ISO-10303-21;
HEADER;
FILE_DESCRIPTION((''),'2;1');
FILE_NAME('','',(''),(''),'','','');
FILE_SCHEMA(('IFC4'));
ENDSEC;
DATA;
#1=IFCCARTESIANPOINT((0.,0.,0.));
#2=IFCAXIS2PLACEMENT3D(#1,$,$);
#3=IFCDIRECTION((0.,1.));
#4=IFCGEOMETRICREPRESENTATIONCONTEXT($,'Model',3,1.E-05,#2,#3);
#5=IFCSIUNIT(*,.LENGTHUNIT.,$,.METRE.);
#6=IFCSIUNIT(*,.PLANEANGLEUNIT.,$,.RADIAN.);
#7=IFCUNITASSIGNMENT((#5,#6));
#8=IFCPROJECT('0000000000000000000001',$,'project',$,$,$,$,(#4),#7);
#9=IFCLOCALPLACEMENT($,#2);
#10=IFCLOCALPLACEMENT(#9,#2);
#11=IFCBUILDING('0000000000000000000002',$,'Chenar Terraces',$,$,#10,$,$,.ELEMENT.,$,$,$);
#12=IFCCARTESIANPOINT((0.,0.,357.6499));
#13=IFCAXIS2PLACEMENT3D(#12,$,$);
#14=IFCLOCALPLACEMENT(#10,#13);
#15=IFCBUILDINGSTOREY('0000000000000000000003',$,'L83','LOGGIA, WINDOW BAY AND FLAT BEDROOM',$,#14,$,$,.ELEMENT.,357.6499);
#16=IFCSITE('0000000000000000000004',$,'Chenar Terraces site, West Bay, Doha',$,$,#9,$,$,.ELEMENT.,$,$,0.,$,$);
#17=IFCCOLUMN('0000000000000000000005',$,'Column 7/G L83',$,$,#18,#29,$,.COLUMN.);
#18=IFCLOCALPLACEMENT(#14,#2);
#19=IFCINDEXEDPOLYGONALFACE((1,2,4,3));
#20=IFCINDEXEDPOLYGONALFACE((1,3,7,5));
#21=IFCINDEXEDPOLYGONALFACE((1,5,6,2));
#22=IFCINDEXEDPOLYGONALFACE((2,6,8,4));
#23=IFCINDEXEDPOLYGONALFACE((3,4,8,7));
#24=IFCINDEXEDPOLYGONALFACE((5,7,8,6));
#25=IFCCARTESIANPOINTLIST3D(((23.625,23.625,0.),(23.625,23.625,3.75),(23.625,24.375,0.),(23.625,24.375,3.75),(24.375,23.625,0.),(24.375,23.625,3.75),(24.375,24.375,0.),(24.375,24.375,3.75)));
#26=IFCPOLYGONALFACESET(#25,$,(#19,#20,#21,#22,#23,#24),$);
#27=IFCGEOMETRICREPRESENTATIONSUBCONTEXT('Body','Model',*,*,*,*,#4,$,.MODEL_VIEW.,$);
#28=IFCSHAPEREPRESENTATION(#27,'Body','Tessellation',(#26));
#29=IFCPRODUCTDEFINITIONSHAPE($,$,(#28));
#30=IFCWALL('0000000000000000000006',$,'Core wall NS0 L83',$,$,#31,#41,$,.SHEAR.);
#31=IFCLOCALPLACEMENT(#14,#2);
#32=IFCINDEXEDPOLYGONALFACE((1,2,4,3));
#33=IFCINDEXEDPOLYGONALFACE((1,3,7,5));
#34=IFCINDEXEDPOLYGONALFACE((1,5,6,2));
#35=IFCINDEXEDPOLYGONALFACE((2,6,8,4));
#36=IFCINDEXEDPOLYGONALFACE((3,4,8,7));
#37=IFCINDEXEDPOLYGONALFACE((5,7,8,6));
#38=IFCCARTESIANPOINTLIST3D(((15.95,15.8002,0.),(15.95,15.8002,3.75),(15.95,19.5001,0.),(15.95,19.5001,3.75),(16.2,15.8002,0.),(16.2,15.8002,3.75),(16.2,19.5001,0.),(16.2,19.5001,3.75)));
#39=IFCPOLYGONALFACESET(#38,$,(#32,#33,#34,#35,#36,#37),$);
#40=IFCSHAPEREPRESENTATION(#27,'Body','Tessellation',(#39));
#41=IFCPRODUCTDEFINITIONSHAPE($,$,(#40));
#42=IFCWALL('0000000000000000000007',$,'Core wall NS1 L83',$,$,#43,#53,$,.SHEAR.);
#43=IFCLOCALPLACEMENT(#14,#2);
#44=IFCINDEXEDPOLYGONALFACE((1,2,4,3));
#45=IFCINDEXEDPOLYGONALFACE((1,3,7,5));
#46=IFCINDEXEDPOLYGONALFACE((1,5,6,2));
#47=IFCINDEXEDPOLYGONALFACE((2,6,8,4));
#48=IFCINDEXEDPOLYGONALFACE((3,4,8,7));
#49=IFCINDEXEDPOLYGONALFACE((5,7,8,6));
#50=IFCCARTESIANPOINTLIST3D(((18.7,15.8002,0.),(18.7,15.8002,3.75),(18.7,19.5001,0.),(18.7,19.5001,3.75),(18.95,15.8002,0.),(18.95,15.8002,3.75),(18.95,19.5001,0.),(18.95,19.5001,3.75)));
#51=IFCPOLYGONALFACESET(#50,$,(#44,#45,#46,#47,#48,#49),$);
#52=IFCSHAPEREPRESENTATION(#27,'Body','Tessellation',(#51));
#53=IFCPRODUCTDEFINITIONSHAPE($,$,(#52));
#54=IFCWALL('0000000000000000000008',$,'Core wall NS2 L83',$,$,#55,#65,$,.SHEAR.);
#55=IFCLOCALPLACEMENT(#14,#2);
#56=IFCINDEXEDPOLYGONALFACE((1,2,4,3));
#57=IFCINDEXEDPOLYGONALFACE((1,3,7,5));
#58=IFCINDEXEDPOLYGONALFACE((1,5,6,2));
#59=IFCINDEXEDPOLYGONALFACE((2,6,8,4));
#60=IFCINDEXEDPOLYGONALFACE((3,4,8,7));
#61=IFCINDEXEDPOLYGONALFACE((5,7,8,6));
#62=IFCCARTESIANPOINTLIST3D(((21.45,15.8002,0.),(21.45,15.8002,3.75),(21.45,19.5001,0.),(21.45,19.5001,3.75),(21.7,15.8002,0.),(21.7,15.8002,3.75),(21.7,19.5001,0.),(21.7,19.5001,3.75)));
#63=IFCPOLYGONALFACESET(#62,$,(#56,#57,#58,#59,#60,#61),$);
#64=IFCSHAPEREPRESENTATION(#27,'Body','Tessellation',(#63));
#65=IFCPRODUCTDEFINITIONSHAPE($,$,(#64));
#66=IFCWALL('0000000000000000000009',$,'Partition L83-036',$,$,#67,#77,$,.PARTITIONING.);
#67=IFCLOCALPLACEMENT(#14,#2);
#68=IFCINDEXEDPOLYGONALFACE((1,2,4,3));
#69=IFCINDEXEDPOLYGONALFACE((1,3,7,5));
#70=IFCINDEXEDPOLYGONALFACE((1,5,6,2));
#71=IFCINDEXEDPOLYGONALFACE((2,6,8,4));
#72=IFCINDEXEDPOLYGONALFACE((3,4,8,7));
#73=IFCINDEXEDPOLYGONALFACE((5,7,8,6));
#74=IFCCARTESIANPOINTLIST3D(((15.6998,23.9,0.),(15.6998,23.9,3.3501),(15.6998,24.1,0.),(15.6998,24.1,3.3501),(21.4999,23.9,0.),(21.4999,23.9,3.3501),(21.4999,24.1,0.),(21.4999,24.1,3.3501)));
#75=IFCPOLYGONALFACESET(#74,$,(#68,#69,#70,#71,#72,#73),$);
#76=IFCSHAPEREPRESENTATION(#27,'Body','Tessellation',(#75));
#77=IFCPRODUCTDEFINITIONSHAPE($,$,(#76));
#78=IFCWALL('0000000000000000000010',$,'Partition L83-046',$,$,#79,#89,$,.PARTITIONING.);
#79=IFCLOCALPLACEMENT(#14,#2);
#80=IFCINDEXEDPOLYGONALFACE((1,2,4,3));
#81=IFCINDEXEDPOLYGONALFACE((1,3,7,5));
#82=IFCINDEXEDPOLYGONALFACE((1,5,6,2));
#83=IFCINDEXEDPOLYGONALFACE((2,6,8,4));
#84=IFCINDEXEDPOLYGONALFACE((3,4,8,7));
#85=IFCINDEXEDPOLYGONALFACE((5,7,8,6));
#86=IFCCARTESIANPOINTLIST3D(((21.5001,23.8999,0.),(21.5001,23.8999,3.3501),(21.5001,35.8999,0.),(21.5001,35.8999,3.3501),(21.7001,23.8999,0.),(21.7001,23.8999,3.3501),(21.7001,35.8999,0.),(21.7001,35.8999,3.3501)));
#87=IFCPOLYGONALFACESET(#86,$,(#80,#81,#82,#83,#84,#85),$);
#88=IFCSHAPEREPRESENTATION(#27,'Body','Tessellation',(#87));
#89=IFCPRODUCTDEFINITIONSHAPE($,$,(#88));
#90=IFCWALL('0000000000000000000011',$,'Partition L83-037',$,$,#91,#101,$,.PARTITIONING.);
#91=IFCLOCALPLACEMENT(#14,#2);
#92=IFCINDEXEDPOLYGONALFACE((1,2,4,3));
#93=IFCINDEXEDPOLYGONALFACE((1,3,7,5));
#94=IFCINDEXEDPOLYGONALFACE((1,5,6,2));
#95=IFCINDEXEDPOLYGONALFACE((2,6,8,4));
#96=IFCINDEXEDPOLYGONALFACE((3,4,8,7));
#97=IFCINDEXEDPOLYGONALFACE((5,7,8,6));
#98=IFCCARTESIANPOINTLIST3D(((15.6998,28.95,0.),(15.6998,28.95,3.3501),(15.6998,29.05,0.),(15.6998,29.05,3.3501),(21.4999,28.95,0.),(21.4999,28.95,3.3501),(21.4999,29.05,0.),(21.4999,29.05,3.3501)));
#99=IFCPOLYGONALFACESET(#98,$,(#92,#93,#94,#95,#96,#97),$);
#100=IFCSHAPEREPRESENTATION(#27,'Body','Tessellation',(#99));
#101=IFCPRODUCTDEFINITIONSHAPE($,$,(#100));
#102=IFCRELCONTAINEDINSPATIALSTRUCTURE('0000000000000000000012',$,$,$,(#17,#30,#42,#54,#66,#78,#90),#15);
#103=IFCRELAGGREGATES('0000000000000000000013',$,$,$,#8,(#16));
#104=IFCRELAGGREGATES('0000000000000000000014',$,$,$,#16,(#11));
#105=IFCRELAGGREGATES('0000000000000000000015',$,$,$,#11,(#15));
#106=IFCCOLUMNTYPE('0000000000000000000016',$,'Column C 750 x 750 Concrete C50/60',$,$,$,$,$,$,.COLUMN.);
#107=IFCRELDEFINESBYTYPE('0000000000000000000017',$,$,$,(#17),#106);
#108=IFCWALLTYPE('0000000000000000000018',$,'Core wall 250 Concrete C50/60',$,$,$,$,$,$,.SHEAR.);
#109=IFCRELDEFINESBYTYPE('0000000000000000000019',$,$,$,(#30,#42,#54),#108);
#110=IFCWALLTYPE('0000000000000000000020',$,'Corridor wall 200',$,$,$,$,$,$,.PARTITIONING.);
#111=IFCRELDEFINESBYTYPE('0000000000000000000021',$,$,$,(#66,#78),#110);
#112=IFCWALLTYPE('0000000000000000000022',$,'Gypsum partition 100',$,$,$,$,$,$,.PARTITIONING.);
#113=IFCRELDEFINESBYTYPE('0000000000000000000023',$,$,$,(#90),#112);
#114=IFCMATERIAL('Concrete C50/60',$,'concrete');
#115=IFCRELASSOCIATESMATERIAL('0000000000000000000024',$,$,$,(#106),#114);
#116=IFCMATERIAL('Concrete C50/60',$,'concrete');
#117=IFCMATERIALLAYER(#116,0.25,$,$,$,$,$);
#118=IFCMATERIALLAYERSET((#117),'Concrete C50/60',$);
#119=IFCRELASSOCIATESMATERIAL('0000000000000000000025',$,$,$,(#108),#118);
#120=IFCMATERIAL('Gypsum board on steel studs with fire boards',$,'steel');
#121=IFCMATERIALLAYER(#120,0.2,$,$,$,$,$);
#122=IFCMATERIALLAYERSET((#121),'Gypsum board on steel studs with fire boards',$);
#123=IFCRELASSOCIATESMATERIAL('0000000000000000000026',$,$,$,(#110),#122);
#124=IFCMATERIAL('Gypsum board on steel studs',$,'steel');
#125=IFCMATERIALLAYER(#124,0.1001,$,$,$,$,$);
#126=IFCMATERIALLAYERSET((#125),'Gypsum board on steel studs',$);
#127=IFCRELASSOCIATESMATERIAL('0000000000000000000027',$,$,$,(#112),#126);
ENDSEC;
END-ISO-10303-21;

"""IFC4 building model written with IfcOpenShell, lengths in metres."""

from ifc_helpers import new_model, si_unit, direction, frame, frame_2d, origin, origin_2d, place, context, subcontext, project, spatial, rectangle, extrude, material, layer, layer_set, material_profile, profile_set, type_object, element, save


model = new_model("IFC4")

# Units and contexts
model_context = context("Model", 3, precision=1e-05, world=origin(), true_north=direction((0.0, 1.0)))
body_context = subcontext(model_context, "Body", "Model", "MODEL_VIEW")
ifc_project = project(units=[si_unit("LENGTHUNIT", "METRE"), si_unit("PLANEANGLEUNIT", "RADIAN")], contexts=[model_context])

# Site, building, storey
site_placement = place(None, origin())
site = spatial("IfcSite", under=ifc_project, at=site_placement, Name="Chenar Terraces site, West Bay, Doha", CompositionType="ELEMENT", RefElevation=0.0)
building_placement = place(site_placement, origin())
building = spatial("IfcBuilding", under=site, at=building_placement, Name="Chenar Terraces", CompositionType="ELEMENT")
storey_placement = place(building_placement, frame((0.0, 0.0, 357.6499)))
storey = spatial("IfcBuildingStorey", under=building, at=storey_placement, Name="L83", Description="LOGGIA, WINDOW BAY AND FLAT BEDROOM", CompositionType="ELEMENT", Elevation=357.6499)

# Column
ifc_material_1 = material(Name="Concrete C50/60", Category="concrete")
ifc_material_profile = material_profile(ifc_material_1, rectangle(XDim=0.75, YDim=0.75, at=origin_2d()), Name="C 750 x 750")
ifc_profile_set = profile_set([ifc_material_profile], Name="Concrete C50/60")
column_type = type_object("IfcColumnType", Name="Column C 750 x 750 Concrete C50/60", PredefinedType="COLUMN", material=ifc_profile_set)
column_placement = place(storey_placement, frame((24.0, 24.0, 0.0), z_axis=(0.0, 0.0, 1.0), x_axis=(1.0, 0.0, 0.0)))
element("IfcColumn", 1, at=column_placement, inside=storey, type_object=column_type, Name="Column 7/G L83", PredefinedType="COLUMN", context=body_context, shape_type="SweptSolid", body=[
    extrude(rectangle(XDim=0.75, YDim=0.75, at=origin_2d()), origin(), (0.0, 0.0, 1.0), 3.75),
])

# Walls
ifc_material_2 = material(Name="Concrete C50/60", Category="concrete")
ifc_layer_1 = layer(ifc_material_2, 0.25)
ifc_layer_set_1 = layer_set([ifc_layer_1], Name="Concrete C50/60")
wall_type_1 = type_object("IfcWallType", Name="Core wall 250 Concrete C50/60", PredefinedType="SHEAR", material=ifc_layer_set_1)
for number, where, z_axis, x_axis, name in (
    (2, (16.075, 15.8, 0.0), (0.0, 0.0, 1.0), (0.0, 1.0, 0.0), "Core wall NS0 L83"),
    (3, (18.825, 15.8, 0.0), (0.0, 0.0, 1.0), (0.0, 1.0, 0.0), "Core wall NS1 L83"),
    (4, (21.575, 15.8, 0.0), (0.0, 0.0, 1.0), (0.0, 1.0, 0.0), "Core wall NS2 L83"),
):
    element("IfcWall", number, at=place(storey_placement, frame(where, z_axis=z_axis, x_axis=x_axis)), inside=storey, type_object=wall_type_1, Name=name, PredefinedType="SHEAR", context=body_context, shape_type="SweptSolid", body=[
        extrude(rectangle(XDim=3.7, YDim=0.25, at=frame_2d((1.8501, 0.0))), origin(), (0.0, 0.0, 1.0), 3.75),
    ])
ifc_material_3 = material(Name="Gypsum board on steel studs with fire boards", Category="steel")
ifc_layer_2 = layer(ifc_material_3, 0.2)
ifc_layer_set_2 = layer_set([ifc_layer_2], Name="Gypsum board on steel studs with fire boards")
wall_type_2 = type_object("IfcWallType", Name="Corridor wall 200", PredefinedType="PARTITIONING", material=ifc_layer_set_2)
wall_1_placement = place(storey_placement, frame((15.7, 24.0, 0.0), z_axis=(0.0, 0.0, 1.0), x_axis=(1.0, 0.0, 0.0)))
element("IfcWall", 5, at=wall_1_placement, inside=storey, type_object=wall_type_2, Name="Partition L83-036", PredefinedType="PARTITIONING", context=body_context, shape_type="SweptSolid", body=[
    extrude(rectangle(XDim=5.8, YDim=0.2, at=frame_2d((2.8999, 0.0))), origin(), (0.0, 0.0, 1.0), 3.3501),
])
wall_2_placement = place(storey_placement, frame((21.6001, 23.8999, 0.0), z_axis=(0.0, 0.0, 1.0), x_axis=(0.0, 1.0, 0.0)))
element("IfcWall", 6, at=wall_2_placement, inside=storey, type_object=wall_type_2, Name="Partition L83-046", PredefinedType="PARTITIONING", context=body_context, shape_type="SweptSolid", body=[
    extrude(rectangle(XDim=12.0, YDim=0.2, at=frame_2d((6.0, 0.0))), origin(), (0.0, 0.0, 1.0), 3.3501),
])
ifc_material_4 = material(Name="Gypsum board on steel studs", Category="steel")
ifc_layer_3 = layer(ifc_material_4, 0.1001)
ifc_layer_set_3 = layer_set([ifc_layer_3], Name="Gypsum board on steel studs")
wall_type_3 = type_object("IfcWallType", Name="Gypsum partition 100", PredefinedType="PARTITIONING", material=ifc_layer_set_3)
wall_3_placement = place(storey_placement, frame((15.7, 29.0, 0.0), z_axis=(0.0, 0.0, 1.0), x_axis=(1.0, 0.0, 0.0)))
element("IfcWall", 7, at=wall_3_placement, inside=storey, type_object=wall_type_3, Name="Partition L83-037", PredefinedType="PARTITIONING", context=body_context, shape_type="SweptSolid", body=[
    extrude(rectangle(XDim=5.8, YDim=0.1001, at=frame_2d((2.8999, 0.0))), origin(), (0.0, 0.0, 1.0), 3.3501),
])

save(model, "model.ifc")
